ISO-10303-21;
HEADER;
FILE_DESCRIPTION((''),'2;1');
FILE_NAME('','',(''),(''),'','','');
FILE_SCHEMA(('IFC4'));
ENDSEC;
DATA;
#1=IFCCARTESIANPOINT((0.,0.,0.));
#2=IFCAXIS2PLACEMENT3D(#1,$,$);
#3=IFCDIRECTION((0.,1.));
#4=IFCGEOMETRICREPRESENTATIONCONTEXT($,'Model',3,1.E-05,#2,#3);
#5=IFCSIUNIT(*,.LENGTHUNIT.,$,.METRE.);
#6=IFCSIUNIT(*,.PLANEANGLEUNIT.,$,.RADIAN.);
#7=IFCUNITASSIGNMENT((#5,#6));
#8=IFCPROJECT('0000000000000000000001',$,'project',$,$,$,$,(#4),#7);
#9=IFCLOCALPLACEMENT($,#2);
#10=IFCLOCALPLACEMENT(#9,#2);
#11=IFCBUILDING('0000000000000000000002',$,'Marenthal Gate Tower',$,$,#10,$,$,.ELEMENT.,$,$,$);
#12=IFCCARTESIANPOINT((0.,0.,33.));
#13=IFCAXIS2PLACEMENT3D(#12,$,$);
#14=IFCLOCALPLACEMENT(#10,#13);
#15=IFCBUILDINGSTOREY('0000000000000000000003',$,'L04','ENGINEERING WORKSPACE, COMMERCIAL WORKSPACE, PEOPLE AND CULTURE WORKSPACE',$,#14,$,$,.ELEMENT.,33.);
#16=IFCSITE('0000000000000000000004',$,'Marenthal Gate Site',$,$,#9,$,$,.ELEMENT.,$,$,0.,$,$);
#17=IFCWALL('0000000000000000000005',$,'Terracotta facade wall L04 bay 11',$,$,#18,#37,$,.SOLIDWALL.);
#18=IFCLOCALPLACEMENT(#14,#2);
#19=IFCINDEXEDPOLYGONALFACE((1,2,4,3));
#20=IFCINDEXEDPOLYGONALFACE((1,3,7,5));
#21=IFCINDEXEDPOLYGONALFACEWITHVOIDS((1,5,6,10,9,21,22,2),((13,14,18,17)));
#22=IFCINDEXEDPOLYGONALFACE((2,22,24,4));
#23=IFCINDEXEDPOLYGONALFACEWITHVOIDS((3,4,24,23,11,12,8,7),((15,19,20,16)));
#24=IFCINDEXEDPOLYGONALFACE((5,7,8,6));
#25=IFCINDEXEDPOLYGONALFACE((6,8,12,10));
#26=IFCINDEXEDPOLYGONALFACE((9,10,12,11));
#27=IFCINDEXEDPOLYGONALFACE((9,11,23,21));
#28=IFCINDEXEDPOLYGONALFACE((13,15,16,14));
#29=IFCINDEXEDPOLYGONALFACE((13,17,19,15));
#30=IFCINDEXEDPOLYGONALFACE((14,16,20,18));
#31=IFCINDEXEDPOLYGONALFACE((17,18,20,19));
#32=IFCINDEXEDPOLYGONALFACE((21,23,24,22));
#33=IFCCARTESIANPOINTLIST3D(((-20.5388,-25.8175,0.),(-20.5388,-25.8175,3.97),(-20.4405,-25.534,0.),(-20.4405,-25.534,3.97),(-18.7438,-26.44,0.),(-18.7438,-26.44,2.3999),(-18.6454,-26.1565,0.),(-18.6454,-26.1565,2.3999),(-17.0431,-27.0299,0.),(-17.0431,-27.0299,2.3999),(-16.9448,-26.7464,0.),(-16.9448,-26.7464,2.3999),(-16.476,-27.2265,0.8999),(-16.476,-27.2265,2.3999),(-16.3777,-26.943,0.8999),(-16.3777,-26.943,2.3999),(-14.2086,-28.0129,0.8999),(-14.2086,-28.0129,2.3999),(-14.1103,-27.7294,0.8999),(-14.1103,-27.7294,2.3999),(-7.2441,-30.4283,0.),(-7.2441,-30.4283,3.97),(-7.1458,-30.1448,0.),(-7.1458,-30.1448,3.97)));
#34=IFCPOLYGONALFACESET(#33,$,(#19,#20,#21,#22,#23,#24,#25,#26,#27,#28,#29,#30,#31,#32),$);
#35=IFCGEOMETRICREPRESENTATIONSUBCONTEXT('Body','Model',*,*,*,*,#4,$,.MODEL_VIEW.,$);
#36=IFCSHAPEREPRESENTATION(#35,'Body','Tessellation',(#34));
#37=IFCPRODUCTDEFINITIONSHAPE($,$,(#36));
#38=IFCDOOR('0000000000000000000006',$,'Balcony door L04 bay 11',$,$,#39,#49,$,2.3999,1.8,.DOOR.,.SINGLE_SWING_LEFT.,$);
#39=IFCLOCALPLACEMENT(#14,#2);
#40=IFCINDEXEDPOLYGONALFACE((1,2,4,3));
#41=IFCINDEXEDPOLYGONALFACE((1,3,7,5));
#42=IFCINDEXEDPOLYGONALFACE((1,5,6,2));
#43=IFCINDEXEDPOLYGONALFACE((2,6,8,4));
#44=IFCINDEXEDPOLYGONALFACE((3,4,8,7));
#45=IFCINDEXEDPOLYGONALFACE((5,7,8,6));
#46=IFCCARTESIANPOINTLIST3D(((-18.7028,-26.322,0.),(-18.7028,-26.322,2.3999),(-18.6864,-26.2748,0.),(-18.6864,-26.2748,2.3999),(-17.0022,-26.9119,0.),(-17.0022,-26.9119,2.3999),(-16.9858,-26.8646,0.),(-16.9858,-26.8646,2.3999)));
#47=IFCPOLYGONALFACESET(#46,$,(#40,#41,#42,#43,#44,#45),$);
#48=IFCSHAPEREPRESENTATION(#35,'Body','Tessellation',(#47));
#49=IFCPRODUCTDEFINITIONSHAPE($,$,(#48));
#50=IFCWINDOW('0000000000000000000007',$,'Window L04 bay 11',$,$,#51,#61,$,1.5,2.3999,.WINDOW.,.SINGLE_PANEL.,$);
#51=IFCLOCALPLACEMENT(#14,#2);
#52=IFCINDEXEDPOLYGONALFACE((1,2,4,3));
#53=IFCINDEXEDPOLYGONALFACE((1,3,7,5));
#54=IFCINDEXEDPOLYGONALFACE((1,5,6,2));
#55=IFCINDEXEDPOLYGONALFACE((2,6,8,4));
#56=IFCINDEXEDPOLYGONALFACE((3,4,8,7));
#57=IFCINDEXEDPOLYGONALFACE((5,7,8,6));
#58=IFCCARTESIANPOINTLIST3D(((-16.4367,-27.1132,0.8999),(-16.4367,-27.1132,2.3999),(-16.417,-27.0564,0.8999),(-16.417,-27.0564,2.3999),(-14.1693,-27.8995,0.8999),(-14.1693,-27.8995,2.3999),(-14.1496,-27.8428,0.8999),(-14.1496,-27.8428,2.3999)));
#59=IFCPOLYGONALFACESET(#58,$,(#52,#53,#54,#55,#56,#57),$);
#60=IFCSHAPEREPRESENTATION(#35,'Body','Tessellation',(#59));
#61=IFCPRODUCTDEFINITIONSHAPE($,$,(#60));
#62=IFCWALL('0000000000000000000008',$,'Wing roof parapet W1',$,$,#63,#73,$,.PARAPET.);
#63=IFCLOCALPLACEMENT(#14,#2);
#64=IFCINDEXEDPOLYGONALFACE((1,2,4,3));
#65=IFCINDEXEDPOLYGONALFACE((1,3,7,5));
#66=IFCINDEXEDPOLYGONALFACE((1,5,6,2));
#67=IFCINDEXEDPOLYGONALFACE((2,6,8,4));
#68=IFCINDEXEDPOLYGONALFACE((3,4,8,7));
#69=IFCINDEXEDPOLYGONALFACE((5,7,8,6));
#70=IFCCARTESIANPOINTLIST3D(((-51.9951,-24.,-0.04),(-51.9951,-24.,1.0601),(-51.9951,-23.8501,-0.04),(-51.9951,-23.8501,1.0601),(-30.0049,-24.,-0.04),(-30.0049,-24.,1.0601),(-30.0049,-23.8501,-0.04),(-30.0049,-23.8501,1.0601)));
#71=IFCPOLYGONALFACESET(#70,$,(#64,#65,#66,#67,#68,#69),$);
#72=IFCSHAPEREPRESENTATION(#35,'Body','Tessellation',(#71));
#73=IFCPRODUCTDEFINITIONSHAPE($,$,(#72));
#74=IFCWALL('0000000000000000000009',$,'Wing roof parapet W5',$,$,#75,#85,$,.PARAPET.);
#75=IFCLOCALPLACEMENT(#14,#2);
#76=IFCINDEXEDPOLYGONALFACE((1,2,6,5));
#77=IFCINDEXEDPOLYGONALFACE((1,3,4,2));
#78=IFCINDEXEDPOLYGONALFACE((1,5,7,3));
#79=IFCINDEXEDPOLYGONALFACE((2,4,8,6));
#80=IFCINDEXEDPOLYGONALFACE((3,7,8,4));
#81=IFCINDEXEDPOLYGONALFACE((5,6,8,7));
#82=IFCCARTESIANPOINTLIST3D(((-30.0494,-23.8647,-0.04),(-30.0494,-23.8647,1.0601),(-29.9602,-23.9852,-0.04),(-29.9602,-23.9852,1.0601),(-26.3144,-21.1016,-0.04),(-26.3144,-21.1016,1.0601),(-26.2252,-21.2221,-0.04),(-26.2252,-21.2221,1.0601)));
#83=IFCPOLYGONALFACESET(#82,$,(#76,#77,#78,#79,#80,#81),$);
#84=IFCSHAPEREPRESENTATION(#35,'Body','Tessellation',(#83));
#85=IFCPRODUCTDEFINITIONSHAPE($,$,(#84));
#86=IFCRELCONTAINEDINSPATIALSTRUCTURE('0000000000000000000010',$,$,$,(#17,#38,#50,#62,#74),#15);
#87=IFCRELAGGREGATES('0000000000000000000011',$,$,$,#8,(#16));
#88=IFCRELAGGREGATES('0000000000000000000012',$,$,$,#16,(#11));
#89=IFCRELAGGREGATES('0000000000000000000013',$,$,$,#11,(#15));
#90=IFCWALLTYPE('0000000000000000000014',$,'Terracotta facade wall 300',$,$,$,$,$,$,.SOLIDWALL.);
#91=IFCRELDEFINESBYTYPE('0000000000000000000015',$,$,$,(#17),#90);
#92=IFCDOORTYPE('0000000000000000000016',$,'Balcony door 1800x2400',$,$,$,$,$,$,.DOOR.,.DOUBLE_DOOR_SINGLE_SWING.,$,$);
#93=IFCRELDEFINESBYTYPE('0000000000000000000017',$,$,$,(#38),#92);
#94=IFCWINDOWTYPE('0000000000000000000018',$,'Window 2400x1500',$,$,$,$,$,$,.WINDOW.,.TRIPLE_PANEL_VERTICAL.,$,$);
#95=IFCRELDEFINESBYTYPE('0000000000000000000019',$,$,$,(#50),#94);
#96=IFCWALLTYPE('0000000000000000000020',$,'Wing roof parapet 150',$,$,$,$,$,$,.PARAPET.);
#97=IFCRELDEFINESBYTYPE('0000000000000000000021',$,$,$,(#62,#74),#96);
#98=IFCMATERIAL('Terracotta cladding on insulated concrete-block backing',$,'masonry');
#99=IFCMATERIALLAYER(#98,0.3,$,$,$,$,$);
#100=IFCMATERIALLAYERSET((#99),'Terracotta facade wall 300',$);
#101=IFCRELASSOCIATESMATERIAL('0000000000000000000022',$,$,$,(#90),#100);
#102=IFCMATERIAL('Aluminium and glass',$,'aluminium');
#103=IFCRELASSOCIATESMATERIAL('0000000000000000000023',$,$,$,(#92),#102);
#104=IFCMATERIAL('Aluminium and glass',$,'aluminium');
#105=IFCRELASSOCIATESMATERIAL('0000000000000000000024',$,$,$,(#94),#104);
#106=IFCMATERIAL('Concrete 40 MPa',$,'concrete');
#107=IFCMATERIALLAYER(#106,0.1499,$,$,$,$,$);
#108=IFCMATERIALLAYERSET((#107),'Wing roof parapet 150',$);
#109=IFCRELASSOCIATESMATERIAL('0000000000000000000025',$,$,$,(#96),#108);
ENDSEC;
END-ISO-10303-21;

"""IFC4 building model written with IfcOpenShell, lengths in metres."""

from ifc_helpers import new_model, si_unit, direction, frame, frame_2d, origin, place, context, subcontext, project, spatial, rectangle, extrude, material, layer, layer_set, type_object, element, fill, save


model = new_model("IFC4")

# Units and contexts
model_context = context("Model", 3, precision=1e-05, world=origin(), true_north=direction((0.0, 1.0)))
body_context = subcontext(model_context, "Body", "Model", "MODEL_VIEW")
ifc_project = project(units=[si_unit("LENGTHUNIT", "METRE"), si_unit("PLANEANGLEUNIT", "RADIAN")], contexts=[model_context])

# Site, building, storey
site_placement = place(None, origin())
site = spatial("IfcSite", under=ifc_project, at=site_placement, Name="Marenthal Gate Site", CompositionType="ELEMENT", RefElevation=0.0)
building_placement = place(site_placement, origin())
building = spatial("IfcBuilding", under=site, at=building_placement, Name="Marenthal Gate Tower", CompositionType="ELEMENT")
storey_placement = place(building_placement, frame((0.0, 0.0, 33.0)))
storey = spatial("IfcBuildingStorey", under=building, at=storey_placement, Name="L04", Description="ENGINEERING WORKSPACE, COMMERCIAL WORKSPACE, PEOPLE AND CULTURE WORKSPACE", CompositionType="ELEMENT", Elevation=33.0)

# Wall, openings, door, window
ifc_material_1 = material(Name="Terracotta cladding on insulated concrete-block backing", Category="masonry")
ifc_layer_1 = layer(ifc_material_1, 0.3)
ifc_layer_set_1 = layer_set([ifc_layer_1], Name="Terracotta facade wall 300")
wall_type_1 = type_object("IfcWallType", Name="Terracotta facade wall 300", PredefinedType="SOLIDWALL", material=ifc_layer_set_1)
wall_1_placement = place(storey_placement, frame((-20.4895, -25.6758, 0.0), z_axis=(0.0, 0.0, 1.0), x_axis=(0.944792, -0.327671, 0.0)))
wall_1 = element("IfcWall", 1, at=wall_1_placement, inside=storey, type_object=wall_type_1, Name="Terracotta facade wall L04 bay 11", PredefinedType="SOLIDWALL", context=body_context, shape_type="SweptSolid", body=[
    extrude(rectangle(XDim=14.0715, YDim=0.3, at=frame_2d((7.0356, 0.0))), origin(), (0.0, 0.0, 1.0), 3.97),
])
opening_1_placement = place(wall_1_placement, frame((1.8999, 0.0, 0.0)))
opening_1 = element("IfcOpeningElement", 2, at=opening_1_placement, cuts=wall_1, PredefinedType="OPENING", context=body_context, shape_type="SweptSolid", body=[
    extrude(rectangle(XDim=1.8, YDim=2.3999, at=frame_2d((0.8999, 1.2))), frame((0.0, 0.1602, 0.0), z_axis=(0.0, -1.0, 0.0), x_axis=(1.0, 0.0, 0.0)), (0.0, 0.0, 1.0), 0.3201),
])
opening_2_placement = place(wall_1_placement, frame((4.3, 0.0, 0.8999)))
opening_2 = element("IfcOpeningElement", 3, at=opening_2_placement, cuts=wall_1, PredefinedType="OPENING", context=body_context, shape_type="SweptSolid", body=[
    extrude(rectangle(XDim=2.3999, YDim=1.5, at=frame_2d((1.2, 0.75))), frame((0.0, 0.1602, 0.0), z_axis=(0.0, -1.0, 0.0), x_axis=(1.0, 0.0, 0.0)), (0.0, 0.0, 1.0), 0.3201),
])
ifc_material_2 = material(Name="Aluminium and glass", Category="aluminium")
door_type = type_object("IfcDoorType", Name="Balcony door 1800x2400", OperationType="DOUBLE_DOOR_SINGLE_SWING", PredefinedType="DOOR", material=ifc_material_2)
door_placement = place(opening_1_placement, origin())
door = element("IfcDoor", 4, at=door_placement, inside=storey, type_object=door_type, Name="Balcony door L04 bay 11", OperationType="SINGLE_SWING_LEFT", OverallHeight=2.3999, OverallWidth=1.8, PredefinedType="DOOR", context=body_context, shape_type="SweptSolid", body=[
    extrude(rectangle(XDim=1.8, YDim=2.3999, at=frame_2d((0.8999, 1.2))), frame((0.0, 0.0249, 0.0), z_axis=(0.0, -1.0, 0.0), x_axis=(1.0, 0.0, 0.0)), (0.0, 0.0, 1.0), 0.05),
])
fill(opening_1, door)
ifc_material_3 = material(Name="Aluminium and glass", Category="aluminium")
window_type = type_object("IfcWindowType", Name="Window 2400x1500", PartitioningType="TRIPLE_PANEL_VERTICAL", PredefinedType="WINDOW", material=ifc_material_3)
window_placement = place(opening_2_placement, origin())
window = element("IfcWindow", 5, at=window_placement, inside=storey, type_object=window_type, Name="Window L04 bay 11", OverallHeight=1.5, OverallWidth=2.3999, PartitioningType="SINGLE_PANEL", PredefinedType="WINDOW", context=body_context, shape_type="SweptSolid", body=[
    extrude(rectangle(XDim=2.3999, YDim=1.5, at=frame_2d((1.2, 0.75))), frame((0.0, 0.03, 0.0), z_axis=(0.0, -1.0, 0.0), x_axis=(1.0, 0.0, 0.0)), (0.0, 0.0, 1.0), 0.0601),
])
fill(opening_2, window)

# Walls
ifc_material_4 = material(Name="Concrete 40 MPa", Category="concrete")
ifc_layer_2 = layer(ifc_material_4, 0.1499)
ifc_layer_set_2 = layer_set([ifc_layer_2], Name="Wing roof parapet 150")
wall_type_2 = type_object("IfcWallType", Name="Wing roof parapet 150", PredefinedType="PARAPET", material=ifc_layer_set_2)
wall_2_placement = place(storey_placement, frame((-30.0049, -23.925, -0.04), z_axis=(0.0, 0.0, 1.0), x_axis=(-1.0, 0.0, 0.0)))
element("IfcWall", 6, at=wall_2_placement, inside=storey, type_object=wall_type_2, Name="Wing roof parapet W1", PredefinedType="PARAPET", context=body_context, shape_type="SweptSolid", body=[
    extrude(rectangle(XDim=21.9902, YDim=0.1499, at=frame_2d((10.9951, 0.0))), origin(), (0.0, 0.0, 1.0), 1.1001),
])
wall_3_placement = place(storey_placement, frame((-26.2698, -21.1619, -0.04), z_axis=(0.0, 0.0, 1.0), x_axis=(-0.803924, -0.594732, 0.0)))
element("IfcWall", 7, at=wall_3_placement, inside=storey, type_object=wall_type_2, Name="Wing roof parapet W5", PredefinedType="PARAPET", context=body_context, shape_type="SweptSolid", body=[
    extrude(rectangle(XDim=4.646, YDim=0.1499, at=frame_2d((2.323, 0.0))), origin(), (0.0, 0.0, 1.0), 1.1001),
])

save(model, "model.ifc")
